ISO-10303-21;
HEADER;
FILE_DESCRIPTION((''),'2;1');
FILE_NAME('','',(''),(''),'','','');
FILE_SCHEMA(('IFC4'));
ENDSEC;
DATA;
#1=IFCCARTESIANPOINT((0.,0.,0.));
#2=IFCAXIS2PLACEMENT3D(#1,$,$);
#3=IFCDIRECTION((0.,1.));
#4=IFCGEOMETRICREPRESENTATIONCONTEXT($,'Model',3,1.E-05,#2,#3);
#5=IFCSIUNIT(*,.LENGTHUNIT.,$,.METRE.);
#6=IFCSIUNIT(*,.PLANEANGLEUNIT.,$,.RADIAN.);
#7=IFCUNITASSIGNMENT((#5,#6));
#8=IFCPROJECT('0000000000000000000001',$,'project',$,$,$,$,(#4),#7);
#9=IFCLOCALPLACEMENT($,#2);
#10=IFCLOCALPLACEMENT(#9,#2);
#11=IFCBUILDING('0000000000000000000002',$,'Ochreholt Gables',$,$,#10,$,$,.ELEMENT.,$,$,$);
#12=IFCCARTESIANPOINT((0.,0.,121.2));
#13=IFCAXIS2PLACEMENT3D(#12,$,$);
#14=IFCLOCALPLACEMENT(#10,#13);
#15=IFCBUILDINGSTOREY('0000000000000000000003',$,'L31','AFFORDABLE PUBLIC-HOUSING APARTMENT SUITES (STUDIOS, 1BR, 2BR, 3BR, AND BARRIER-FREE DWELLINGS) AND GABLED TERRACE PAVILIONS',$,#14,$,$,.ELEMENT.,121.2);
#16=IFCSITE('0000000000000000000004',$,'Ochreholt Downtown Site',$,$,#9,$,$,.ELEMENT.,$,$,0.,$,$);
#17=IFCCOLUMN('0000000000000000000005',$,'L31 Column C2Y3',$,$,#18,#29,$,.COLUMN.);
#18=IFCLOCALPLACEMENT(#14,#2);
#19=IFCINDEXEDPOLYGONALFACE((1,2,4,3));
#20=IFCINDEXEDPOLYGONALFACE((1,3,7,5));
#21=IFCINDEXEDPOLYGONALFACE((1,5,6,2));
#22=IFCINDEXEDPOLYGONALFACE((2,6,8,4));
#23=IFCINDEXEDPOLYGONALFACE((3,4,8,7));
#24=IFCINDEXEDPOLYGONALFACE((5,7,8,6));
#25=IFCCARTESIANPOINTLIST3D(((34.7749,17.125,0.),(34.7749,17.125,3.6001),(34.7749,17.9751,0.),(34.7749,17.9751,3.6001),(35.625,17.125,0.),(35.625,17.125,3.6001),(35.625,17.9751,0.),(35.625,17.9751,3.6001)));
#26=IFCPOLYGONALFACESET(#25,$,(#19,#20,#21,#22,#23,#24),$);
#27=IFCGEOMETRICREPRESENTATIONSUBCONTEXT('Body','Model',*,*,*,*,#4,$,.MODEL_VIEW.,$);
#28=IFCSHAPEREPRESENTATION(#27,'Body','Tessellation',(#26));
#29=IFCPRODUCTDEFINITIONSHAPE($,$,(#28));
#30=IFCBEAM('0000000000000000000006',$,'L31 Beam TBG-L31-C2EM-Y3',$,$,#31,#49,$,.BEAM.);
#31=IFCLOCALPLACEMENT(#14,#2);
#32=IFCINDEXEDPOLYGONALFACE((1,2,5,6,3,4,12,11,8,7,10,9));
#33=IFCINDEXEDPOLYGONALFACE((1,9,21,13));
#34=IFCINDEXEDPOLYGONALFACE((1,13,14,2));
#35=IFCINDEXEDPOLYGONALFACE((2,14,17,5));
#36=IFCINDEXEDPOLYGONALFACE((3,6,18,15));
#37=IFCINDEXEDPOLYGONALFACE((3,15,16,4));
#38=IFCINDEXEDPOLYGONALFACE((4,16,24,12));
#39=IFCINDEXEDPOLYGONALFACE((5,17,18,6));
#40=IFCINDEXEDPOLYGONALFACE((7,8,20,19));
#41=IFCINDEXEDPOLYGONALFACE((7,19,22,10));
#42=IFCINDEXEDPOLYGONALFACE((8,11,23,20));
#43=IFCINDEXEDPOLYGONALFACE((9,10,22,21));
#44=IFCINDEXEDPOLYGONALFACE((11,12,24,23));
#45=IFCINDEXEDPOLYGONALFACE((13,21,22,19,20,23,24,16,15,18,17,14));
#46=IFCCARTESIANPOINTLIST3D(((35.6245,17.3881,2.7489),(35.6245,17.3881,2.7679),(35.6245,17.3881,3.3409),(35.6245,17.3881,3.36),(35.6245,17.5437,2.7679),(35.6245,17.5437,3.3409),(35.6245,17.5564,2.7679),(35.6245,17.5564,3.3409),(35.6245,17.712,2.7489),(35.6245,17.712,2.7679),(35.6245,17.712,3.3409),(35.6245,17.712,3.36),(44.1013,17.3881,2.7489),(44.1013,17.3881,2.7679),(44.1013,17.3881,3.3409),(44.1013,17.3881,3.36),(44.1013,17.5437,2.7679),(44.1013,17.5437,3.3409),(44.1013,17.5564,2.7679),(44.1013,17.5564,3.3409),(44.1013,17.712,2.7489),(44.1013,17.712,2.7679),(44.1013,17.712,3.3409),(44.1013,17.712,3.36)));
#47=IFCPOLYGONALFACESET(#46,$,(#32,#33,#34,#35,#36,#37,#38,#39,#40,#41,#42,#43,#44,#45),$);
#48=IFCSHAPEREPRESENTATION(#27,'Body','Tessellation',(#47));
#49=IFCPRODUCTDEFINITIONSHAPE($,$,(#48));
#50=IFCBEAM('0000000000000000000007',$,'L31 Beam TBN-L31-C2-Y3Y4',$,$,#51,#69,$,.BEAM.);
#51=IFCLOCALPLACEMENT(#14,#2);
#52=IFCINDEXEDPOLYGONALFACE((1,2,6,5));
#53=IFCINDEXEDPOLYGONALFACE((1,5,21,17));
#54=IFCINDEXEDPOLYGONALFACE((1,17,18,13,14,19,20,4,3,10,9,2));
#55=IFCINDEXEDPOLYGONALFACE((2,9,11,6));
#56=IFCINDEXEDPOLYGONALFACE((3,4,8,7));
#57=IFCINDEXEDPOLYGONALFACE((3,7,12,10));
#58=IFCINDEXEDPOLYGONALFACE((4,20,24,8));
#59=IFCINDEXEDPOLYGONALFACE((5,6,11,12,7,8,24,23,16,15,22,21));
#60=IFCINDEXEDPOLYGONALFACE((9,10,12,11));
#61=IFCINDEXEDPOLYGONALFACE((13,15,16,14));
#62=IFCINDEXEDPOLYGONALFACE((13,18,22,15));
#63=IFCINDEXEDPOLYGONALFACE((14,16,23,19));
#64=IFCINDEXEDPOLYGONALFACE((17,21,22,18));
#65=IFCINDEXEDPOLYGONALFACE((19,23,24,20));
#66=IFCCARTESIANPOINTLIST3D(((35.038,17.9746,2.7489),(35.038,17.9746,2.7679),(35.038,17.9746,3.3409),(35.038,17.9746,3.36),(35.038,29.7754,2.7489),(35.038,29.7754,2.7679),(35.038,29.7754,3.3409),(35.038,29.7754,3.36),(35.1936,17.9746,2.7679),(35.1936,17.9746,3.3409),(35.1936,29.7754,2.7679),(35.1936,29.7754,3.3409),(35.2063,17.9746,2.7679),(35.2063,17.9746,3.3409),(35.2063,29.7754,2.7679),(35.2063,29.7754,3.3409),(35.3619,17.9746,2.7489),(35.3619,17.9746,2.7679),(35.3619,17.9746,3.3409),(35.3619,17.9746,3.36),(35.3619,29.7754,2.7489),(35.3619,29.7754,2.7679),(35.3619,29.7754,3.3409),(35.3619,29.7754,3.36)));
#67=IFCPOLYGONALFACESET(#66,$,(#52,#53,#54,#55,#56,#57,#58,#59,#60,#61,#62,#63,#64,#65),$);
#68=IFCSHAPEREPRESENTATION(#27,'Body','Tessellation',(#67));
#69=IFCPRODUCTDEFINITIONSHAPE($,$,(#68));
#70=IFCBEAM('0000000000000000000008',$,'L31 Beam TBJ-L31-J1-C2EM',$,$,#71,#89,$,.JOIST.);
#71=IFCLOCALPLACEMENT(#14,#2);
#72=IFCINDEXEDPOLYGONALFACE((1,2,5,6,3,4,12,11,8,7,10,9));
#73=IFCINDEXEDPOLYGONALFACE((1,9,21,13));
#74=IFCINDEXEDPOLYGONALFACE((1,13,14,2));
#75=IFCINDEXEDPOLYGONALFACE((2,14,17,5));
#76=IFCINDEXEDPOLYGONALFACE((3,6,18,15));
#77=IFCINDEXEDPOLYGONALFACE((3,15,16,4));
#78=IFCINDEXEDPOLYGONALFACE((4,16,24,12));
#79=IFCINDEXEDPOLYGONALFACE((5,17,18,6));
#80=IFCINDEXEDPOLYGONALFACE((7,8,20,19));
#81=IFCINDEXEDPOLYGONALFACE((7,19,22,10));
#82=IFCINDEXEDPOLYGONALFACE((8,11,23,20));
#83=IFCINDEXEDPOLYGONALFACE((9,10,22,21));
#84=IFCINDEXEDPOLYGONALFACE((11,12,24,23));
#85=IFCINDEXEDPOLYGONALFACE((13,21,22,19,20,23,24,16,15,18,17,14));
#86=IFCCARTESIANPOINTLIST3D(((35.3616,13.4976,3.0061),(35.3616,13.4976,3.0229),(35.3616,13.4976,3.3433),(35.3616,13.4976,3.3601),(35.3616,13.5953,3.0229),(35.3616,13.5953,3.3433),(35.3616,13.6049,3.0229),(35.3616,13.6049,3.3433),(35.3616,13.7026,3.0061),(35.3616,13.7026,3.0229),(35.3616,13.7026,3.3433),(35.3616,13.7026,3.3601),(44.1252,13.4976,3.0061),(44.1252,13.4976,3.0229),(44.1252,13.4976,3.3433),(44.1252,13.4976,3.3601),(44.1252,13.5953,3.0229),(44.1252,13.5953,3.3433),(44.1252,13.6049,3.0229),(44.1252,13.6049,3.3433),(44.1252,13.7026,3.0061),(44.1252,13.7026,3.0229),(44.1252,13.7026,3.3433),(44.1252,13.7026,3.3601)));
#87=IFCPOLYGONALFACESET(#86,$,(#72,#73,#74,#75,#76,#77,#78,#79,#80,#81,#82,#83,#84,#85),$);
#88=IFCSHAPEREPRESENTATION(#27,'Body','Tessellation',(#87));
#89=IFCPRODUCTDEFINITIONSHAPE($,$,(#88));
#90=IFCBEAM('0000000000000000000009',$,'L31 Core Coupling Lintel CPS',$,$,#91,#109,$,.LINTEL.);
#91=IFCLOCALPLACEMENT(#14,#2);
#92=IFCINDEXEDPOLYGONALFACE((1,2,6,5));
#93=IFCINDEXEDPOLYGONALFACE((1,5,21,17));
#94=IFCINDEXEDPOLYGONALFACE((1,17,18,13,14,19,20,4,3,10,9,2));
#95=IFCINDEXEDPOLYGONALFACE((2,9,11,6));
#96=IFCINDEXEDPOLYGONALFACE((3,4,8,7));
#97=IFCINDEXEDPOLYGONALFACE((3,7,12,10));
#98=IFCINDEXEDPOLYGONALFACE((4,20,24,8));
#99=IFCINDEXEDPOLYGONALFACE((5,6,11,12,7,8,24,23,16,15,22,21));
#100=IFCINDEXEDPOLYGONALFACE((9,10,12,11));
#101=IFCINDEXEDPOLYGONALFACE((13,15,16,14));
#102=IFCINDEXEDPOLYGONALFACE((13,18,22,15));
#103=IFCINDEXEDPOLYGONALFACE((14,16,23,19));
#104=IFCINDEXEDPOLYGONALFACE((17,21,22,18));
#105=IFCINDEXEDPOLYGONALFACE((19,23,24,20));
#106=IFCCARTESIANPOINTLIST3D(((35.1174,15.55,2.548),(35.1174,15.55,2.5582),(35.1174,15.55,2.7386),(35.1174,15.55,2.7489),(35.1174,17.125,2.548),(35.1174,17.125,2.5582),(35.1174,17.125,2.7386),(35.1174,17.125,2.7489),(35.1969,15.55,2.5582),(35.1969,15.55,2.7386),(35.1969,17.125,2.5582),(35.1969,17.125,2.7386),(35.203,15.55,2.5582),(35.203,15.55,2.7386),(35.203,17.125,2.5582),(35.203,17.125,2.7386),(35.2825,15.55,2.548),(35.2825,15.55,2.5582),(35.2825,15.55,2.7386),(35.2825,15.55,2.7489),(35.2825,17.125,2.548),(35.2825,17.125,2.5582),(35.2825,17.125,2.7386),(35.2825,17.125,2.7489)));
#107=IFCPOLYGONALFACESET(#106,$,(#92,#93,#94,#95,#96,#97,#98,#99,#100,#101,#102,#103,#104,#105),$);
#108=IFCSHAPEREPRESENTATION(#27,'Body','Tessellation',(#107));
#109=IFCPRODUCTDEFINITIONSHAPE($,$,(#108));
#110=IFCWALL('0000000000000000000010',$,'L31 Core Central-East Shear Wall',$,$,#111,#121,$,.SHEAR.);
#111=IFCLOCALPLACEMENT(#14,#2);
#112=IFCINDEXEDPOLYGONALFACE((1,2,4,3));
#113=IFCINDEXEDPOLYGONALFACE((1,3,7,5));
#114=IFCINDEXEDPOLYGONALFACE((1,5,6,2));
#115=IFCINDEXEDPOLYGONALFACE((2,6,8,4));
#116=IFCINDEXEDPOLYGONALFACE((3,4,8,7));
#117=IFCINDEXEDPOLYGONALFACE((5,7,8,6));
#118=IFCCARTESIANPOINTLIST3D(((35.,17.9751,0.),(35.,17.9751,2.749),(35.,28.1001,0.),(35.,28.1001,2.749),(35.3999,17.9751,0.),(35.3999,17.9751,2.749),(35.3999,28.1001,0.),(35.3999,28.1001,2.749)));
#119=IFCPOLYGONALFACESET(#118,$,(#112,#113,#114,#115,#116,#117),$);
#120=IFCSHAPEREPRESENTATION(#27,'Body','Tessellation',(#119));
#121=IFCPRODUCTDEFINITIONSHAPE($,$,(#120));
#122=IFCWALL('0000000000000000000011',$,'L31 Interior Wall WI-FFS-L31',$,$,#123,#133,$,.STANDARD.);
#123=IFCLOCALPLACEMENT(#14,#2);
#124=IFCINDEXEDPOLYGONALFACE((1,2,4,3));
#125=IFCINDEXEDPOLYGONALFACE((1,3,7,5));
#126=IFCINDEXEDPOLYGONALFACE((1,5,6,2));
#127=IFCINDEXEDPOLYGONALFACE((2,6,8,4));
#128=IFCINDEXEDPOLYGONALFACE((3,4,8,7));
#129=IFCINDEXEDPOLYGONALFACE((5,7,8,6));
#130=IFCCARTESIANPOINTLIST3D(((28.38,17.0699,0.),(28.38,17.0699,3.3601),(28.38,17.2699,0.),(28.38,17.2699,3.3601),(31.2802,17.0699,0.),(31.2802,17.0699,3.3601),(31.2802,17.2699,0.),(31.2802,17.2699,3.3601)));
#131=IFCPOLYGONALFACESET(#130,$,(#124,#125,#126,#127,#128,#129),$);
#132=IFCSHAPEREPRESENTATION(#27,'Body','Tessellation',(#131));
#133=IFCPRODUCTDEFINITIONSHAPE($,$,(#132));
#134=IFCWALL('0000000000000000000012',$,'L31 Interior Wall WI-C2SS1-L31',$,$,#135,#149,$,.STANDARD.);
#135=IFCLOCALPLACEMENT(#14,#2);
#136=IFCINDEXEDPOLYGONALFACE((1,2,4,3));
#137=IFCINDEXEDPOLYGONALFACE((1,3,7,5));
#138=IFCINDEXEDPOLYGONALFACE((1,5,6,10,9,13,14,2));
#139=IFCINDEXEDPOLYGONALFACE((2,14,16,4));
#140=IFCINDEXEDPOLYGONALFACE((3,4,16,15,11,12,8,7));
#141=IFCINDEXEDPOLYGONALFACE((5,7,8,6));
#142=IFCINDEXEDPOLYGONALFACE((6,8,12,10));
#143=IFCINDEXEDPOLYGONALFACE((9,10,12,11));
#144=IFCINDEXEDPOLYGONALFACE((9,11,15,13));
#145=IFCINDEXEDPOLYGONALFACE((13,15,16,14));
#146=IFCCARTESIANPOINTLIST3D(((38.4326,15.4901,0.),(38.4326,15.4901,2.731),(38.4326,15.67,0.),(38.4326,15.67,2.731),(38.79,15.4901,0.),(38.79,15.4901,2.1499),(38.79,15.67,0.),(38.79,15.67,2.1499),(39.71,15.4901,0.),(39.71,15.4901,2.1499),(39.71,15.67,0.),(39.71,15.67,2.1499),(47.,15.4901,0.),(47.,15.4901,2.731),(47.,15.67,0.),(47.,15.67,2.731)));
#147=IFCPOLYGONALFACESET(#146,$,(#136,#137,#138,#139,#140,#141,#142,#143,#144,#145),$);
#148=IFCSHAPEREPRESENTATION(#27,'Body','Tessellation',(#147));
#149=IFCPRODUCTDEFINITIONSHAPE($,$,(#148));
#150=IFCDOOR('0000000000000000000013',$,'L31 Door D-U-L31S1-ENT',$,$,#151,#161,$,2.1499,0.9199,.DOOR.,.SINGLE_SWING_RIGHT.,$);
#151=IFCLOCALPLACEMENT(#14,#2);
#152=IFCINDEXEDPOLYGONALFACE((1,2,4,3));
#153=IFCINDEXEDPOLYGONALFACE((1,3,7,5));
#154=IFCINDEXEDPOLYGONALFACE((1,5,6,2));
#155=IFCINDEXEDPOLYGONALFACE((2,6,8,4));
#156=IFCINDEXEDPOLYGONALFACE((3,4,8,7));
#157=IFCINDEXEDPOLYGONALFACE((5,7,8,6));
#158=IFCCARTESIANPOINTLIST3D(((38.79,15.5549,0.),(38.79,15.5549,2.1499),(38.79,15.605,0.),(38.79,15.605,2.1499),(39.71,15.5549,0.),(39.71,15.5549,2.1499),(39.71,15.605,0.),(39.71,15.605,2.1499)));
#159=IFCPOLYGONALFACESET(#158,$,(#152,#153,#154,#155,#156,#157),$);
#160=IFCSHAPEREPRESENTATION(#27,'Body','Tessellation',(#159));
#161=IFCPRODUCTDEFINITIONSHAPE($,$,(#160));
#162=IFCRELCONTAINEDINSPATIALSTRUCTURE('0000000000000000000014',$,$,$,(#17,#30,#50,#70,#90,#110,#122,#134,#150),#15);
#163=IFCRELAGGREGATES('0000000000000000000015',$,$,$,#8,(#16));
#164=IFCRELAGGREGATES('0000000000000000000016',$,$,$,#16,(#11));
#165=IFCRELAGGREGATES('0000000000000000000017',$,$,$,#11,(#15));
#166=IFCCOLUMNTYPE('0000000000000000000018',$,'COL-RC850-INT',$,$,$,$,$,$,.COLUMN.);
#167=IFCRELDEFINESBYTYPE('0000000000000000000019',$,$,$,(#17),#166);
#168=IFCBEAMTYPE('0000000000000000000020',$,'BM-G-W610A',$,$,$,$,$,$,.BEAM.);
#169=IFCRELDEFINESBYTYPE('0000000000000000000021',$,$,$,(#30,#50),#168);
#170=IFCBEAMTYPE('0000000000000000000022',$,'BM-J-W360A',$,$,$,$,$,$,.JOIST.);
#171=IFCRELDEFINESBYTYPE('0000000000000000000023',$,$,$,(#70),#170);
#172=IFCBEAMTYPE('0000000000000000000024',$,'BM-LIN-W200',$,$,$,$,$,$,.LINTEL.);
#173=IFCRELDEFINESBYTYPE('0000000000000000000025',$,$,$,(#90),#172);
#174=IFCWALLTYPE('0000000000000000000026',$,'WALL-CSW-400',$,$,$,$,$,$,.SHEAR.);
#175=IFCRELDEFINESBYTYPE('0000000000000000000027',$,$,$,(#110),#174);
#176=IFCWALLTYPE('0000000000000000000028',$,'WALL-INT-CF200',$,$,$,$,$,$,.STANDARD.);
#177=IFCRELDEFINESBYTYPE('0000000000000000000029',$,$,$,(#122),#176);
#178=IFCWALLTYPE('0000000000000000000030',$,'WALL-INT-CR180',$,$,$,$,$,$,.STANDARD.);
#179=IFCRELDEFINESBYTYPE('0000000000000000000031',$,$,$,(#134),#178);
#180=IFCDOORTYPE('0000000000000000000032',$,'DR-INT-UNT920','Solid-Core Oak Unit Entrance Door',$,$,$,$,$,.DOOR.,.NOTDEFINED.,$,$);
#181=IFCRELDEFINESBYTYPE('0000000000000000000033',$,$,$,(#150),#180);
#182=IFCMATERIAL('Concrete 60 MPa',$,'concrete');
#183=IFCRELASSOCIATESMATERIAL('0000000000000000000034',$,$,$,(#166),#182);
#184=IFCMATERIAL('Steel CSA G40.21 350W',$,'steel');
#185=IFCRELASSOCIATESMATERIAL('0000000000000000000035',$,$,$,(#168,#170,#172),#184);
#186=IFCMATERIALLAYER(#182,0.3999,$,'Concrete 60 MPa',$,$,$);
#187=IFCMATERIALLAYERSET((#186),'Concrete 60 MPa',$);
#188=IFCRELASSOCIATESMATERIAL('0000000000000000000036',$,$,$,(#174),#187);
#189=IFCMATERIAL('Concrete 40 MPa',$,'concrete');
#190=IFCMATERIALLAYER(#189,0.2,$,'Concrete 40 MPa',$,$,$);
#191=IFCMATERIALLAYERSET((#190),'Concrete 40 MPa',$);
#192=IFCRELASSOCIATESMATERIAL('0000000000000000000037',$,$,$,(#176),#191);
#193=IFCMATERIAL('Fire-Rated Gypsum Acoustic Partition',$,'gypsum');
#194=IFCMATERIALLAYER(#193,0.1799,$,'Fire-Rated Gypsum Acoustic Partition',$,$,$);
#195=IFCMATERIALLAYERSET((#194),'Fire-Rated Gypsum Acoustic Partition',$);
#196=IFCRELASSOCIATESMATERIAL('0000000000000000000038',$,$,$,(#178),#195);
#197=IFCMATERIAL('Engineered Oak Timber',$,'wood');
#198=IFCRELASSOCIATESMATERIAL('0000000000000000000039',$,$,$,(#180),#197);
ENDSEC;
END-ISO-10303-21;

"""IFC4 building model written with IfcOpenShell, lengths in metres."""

from ifc_helpers import new_model, si_unit, direction, frame, frame_2d, origin, origin_2d, place, context, subcontext, project, spatial, rectangle, i_section, extrude, material, layer, layer_set, material_profile, profile_set, type_object, element, fill, save


model = new_model("IFC4")

# Units and contexts
model_context = context("Model", 3, precision=1e-05, world=origin(), true_north=direction((0.0, 1.0)))
body_context = subcontext(model_context, "Body", "Model", "MODEL_VIEW")
ifc_project = project(units=[si_unit("LENGTHUNIT", "METRE"), si_unit("PLANEANGLEUNIT", "RADIAN")], contexts=[model_context])

# Site, building, storey
site_placement = place(None, origin())
site = spatial("IfcSite", under=ifc_project, at=site_placement, Name="Ochreholt Downtown Site", CompositionType="ELEMENT", RefElevation=0.0)
building_placement = place(site_placement, origin())
building = spatial("IfcBuilding", under=site, at=building_placement, Name="Ochreholt Gables", CompositionType="ELEMENT")
storey_placement = place(building_placement, frame((0.0, 0.0, 121.2)))
storey = spatial("IfcBuildingStorey", under=building, at=storey_placement, Name="L31", Description="AFFORDABLE PUBLIC-HOUSING APARTMENT SUITES (STUDIOS, 1BR, 2BR, 3BR, AND BARRIER-FREE DWELLINGS) AND GABLED TERRACE PAVILIONS", CompositionType="ELEMENT", Elevation=121.2)

# Column
ifc_material_1 = material(Name="Concrete 60 MPa", Category="concrete")
ifc_material_profile_1 = material_profile(ifc_material_1, rectangle(XDim=0.8501, YDim=0.8501, at=origin_2d()), Name="RC850X850")
ifc_profile_set_1 = profile_set([ifc_material_profile_1], Name="Concrete 60 MPa")
column_type = type_object("IfcColumnType", Name="COL-RC850-INT", PredefinedType="COLUMN", material=ifc_profile_set_1)
column_placement = place(storey_placement, frame((35.2, 17.55, 0.0), z_axis=(0.0, 0.0, 1.0), x_axis=(1.0, 0.0, 0.0)))
element("IfcColumn", 1, at=column_placement, inside=storey, type_object=column_type, Name="L31 Column C2Y3", PredefinedType="COLUMN", context=body_context, shape_type="SweptSolid", body=[
    extrude(rectangle(XDim=0.8501, YDim=0.8501, at=origin_2d()), origin(), (0.0, 0.0, 1.0), 3.6001),
])

# Beams
ifc_material_2 = material(Name="Steel CSA G40.21 350W", Category="steel")
ifc_material_profile_2 = material_profile(ifc_material_2, i_section(OverallWidth=0.324, OverallDepth=0.6111, WebThickness=0.0127, FlangeThickness=0.019, at=origin_2d()), Name="W610X155")
ifc_profile_set_2 = profile_set([ifc_material_profile_2], Name="Steel CSA G40.21 350W")
beam_type_1 = type_object("IfcBeamType", Name="BM-G-W610A", PredefinedType="BEAM", material=ifc_profile_set_2)
beam_1_placement = place(storey_placement, frame((35.6245, 17.55, 3.0544), z_axis=(1.0, 0.0, 0.0), x_axis=(0.0, 1.0, 0.0)))
element("IfcBeam", 2, at=beam_1_placement, inside=storey, type_object=beam_type_1, Name="L31 Beam TBG-L31-C2EM-Y3", PredefinedType="BEAM", context=body_context, shape_type="SweptSolid", body=[
    extrude(i_section(OverallWidth=0.324, OverallDepth=0.6111, WebThickness=0.0127, FlangeThickness=0.019, at=origin_2d()), origin(), (0.0, 0.0, 1.0), 8.4768),
])
beam_2_placement = place(storey_placement, frame((35.2, 17.9746, 3.0544), z_axis=(0.0, 1.0, 0.0), x_axis=(-1.0, 0.0, 0.0)))
element("IfcBeam", 3, at=beam_2_placement, inside=storey, type_object=beam_type_1, Name="L31 Beam TBN-L31-C2-Y3Y4", PredefinedType="BEAM", context=body_context, shape_type="SweptSolid", body=[
    extrude(i_section(OverallWidth=0.324, OverallDepth=0.6111, WebThickness=0.0127, FlangeThickness=0.019, at=origin_2d()), origin(), (0.0, 0.0, 1.0), 11.8008),
])
ifc_material_profile_3 = material_profile(ifc_material_2, i_section(OverallWidth=0.2051, OverallDepth=0.354, WebThickness=0.0095, FlangeThickness=0.0168, at=origin_2d()), Name="W360X79")
ifc_profile_set_3 = profile_set([ifc_material_profile_3], Name="Steel CSA G40.21 350W")
beam_type_2 = type_object("IfcBeamType", Name="BM-J-W360A", PredefinedType="JOIST", material=ifc_profile_set_3)
beam_3_placement = place(storey_placement, frame((35.3616, 13.6001, 3.1831), z_axis=(1.0, 0.0, 0.0), x_axis=(0.0, 1.0, 0.0)))
element("IfcBeam", 4, at=beam_3_placement, inside=storey, type_object=beam_type_2, Name="L31 Beam TBJ-L31-J1-C2EM", PredefinedType="JOIST", context=body_context, shape_type="SweptSolid", body=[
    extrude(i_section(OverallWidth=0.2051, OverallDepth=0.354, WebThickness=0.0095, FlangeThickness=0.0168, at=origin_2d()), origin(), (0.0, 0.0, 1.0), 8.7637),
])
ifc_material_profile_4 = material_profile(ifc_material_2, i_section(OverallWidth=0.165, OverallDepth=0.2009, WebThickness=0.0061, FlangeThickness=0.0103, at=origin_2d()), Name="W200X36")
ifc_profile_set_4 = profile_set([ifc_material_profile_4], Name="Steel CSA G40.21 350W")
beam_type_3 = type_object("IfcBeamType", Name="BM-LIN-W200", PredefinedType="LINTEL", material=ifc_profile_set_4)
beam_4_placement = place(storey_placement, frame((35.2, 15.55, 2.6484), z_axis=(0.0, 1.0, 0.0), x_axis=(-1.0, 0.0, 0.0)))
element("IfcBeam", 5, at=beam_4_placement, inside=storey, type_object=beam_type_3, Name="L31 Core Coupling Lintel CPS", PredefinedType="LINTEL", context=body_context, shape_type="SweptSolid", body=[
    extrude(i_section(OverallWidth=0.165, OverallDepth=0.2009, WebThickness=0.0061, FlangeThickness=0.0103, at=origin_2d()), origin(), (0.0, 0.0, 1.0), 1.575),
])

# Walls
ifc_layer_1 = layer(ifc_material_1, 0.3999, Name="Concrete 60 MPa")
ifc_layer_set_1 = layer_set([ifc_layer_1], Name="Concrete 60 MPa")
wall_type_1 = type_object("IfcWallType", Name="WALL-CSW-400", PredefinedType="SHEAR", material=ifc_layer_set_1)
wall_1_placement = place(storey_placement, frame((35.2, 17.9751, 0.0), z_axis=(0.0, 0.0, 1.0), x_axis=(0.0, 1.0, 0.0)))
element("IfcWall", 6, at=wall_1_placement, inside=storey, type_object=wall_type_1, Name="L31 Core Central-East Shear Wall", PredefinedType="SHEAR", context=body_context, shape_type="SweptSolid", body=[
    extrude(rectangle(XDim=10.125, YDim=0.3999, at=frame_2d((5.0625, 0.0))), origin(), (0.0, 0.0, 1.0), 2.749),
])
ifc_material_3 = material(Name="Concrete 40 MPa", Category="concrete")
ifc_layer_2 = layer(ifc_material_3, 0.2, Name="Concrete 40 MPa")
ifc_layer_set_2 = layer_set([ifc_layer_2], Name="Concrete 40 MPa")
wall_type_2 = type_object("IfcWallType", Name="WALL-INT-CF200", PredefinedType="STANDARD", material=ifc_layer_set_2)
wall_2_placement = place(storey_placement, frame((28.3799, 17.1699, 0.0), z_axis=(0.0, 0.0, 1.0), x_axis=(1.0, 0.0, 0.0)))
element("IfcWall", 7, at=wall_2_placement, inside=storey, type_object=wall_type_2, Name="L31 Interior Wall WI-FFS-L31", PredefinedType="STANDARD", context=body_context, shape_type="SweptSolid", body=[
    extrude(rectangle(XDim=2.9001, YDim=0.2, at=frame_2d((1.4502, 0.0))), origin(), (0.0, 0.0, 1.0), 3.3601),
])

# Shared definitions
ifc_material_4 = material(Name="Fire-Rated Gypsum Acoustic Partition", Category="gypsum")
ifc_layer_3 = layer(ifc_material_4, 0.1799, Name="Fire-Rated Gypsum Acoustic Partition")
ifc_layer_set_3 = layer_set([ifc_layer_3], Name="Fire-Rated Gypsum Acoustic Partition")
wall_type_3 = type_object("IfcWallType", Name="WALL-INT-CR180", PredefinedType="STANDARD", material=ifc_layer_set_3)
ifc_material_5 = material(Name="Engineered Oak Timber", Category="wood")

# Wall, opening, door
wall_3_placement = place(storey_placement, frame((38.4326, 15.5801, 0.0), z_axis=(0.0, 0.0, 1.0), x_axis=(1.0, 0.0, 0.0)))
wall_3 = element("IfcWall", 8, at=wall_3_placement, inside=storey, type_object=wall_type_3, Name="L31 Interior Wall WI-C2SS1-L31", PredefinedType="STANDARD", context=body_context, shape_type="SweptSolid", body=[
    extrude(rectangle(XDim=8.5674, YDim=0.1799, at=frame_2d((4.2837, 0.0))), origin(), (0.0, 0.0, 1.0), 2.731),
])
opening_1_placement = place(wall_3_placement, frame((0.3574, 0.0, 0.0)))
opening_1 = element("IfcOpeningElement", 9, at=opening_1_placement, cuts=wall_3, PredefinedType="OPENING", context=body_context, shape_type="SweptSolid", body=[
    extrude(rectangle(XDim=0.9199, YDim=2.1499, at=frame_2d((0.46, 1.075))), frame((0.0, 0.0999, 0.0), z_axis=(0.0, -1.0, 0.0), x_axis=(1.0, 0.0, 0.0)), (0.0, 0.0, 1.0), 0.2),
])
door_type_1 = type_object("IfcDoorType", Name="DR-INT-UNT920", Description="Solid-Core Oak Unit Entrance Door", OperationType="NOTDEFINED", PredefinedType="DOOR", material=ifc_material_5)
door_1_placement = place(opening_1_placement, origin())
door_1 = element("IfcDoor", 10, at=door_1_placement, inside=storey, type_object=door_type_1, Name="L31 Door D-U-L31S1-ENT", OperationType="SINGLE_SWING_RIGHT", OverallHeight=2.1499, OverallWidth=0.9199, PredefinedType="DOOR", context=body_context, shape_type="SweptSolid", body=[
    extrude(rectangle(XDim=0.9199, YDim=2.1499, at=frame_2d((0.46, 1.075))), frame((0.0, 0.0249, 0.0), z_axis=(0.0, -1.0, 0.0), x_axis=(1.0, 0.0, 0.0)), (0.0, 0.0, 1.0), 0.05),
])
fill(opening_1, door_1)

save(model, "model.ifc")
